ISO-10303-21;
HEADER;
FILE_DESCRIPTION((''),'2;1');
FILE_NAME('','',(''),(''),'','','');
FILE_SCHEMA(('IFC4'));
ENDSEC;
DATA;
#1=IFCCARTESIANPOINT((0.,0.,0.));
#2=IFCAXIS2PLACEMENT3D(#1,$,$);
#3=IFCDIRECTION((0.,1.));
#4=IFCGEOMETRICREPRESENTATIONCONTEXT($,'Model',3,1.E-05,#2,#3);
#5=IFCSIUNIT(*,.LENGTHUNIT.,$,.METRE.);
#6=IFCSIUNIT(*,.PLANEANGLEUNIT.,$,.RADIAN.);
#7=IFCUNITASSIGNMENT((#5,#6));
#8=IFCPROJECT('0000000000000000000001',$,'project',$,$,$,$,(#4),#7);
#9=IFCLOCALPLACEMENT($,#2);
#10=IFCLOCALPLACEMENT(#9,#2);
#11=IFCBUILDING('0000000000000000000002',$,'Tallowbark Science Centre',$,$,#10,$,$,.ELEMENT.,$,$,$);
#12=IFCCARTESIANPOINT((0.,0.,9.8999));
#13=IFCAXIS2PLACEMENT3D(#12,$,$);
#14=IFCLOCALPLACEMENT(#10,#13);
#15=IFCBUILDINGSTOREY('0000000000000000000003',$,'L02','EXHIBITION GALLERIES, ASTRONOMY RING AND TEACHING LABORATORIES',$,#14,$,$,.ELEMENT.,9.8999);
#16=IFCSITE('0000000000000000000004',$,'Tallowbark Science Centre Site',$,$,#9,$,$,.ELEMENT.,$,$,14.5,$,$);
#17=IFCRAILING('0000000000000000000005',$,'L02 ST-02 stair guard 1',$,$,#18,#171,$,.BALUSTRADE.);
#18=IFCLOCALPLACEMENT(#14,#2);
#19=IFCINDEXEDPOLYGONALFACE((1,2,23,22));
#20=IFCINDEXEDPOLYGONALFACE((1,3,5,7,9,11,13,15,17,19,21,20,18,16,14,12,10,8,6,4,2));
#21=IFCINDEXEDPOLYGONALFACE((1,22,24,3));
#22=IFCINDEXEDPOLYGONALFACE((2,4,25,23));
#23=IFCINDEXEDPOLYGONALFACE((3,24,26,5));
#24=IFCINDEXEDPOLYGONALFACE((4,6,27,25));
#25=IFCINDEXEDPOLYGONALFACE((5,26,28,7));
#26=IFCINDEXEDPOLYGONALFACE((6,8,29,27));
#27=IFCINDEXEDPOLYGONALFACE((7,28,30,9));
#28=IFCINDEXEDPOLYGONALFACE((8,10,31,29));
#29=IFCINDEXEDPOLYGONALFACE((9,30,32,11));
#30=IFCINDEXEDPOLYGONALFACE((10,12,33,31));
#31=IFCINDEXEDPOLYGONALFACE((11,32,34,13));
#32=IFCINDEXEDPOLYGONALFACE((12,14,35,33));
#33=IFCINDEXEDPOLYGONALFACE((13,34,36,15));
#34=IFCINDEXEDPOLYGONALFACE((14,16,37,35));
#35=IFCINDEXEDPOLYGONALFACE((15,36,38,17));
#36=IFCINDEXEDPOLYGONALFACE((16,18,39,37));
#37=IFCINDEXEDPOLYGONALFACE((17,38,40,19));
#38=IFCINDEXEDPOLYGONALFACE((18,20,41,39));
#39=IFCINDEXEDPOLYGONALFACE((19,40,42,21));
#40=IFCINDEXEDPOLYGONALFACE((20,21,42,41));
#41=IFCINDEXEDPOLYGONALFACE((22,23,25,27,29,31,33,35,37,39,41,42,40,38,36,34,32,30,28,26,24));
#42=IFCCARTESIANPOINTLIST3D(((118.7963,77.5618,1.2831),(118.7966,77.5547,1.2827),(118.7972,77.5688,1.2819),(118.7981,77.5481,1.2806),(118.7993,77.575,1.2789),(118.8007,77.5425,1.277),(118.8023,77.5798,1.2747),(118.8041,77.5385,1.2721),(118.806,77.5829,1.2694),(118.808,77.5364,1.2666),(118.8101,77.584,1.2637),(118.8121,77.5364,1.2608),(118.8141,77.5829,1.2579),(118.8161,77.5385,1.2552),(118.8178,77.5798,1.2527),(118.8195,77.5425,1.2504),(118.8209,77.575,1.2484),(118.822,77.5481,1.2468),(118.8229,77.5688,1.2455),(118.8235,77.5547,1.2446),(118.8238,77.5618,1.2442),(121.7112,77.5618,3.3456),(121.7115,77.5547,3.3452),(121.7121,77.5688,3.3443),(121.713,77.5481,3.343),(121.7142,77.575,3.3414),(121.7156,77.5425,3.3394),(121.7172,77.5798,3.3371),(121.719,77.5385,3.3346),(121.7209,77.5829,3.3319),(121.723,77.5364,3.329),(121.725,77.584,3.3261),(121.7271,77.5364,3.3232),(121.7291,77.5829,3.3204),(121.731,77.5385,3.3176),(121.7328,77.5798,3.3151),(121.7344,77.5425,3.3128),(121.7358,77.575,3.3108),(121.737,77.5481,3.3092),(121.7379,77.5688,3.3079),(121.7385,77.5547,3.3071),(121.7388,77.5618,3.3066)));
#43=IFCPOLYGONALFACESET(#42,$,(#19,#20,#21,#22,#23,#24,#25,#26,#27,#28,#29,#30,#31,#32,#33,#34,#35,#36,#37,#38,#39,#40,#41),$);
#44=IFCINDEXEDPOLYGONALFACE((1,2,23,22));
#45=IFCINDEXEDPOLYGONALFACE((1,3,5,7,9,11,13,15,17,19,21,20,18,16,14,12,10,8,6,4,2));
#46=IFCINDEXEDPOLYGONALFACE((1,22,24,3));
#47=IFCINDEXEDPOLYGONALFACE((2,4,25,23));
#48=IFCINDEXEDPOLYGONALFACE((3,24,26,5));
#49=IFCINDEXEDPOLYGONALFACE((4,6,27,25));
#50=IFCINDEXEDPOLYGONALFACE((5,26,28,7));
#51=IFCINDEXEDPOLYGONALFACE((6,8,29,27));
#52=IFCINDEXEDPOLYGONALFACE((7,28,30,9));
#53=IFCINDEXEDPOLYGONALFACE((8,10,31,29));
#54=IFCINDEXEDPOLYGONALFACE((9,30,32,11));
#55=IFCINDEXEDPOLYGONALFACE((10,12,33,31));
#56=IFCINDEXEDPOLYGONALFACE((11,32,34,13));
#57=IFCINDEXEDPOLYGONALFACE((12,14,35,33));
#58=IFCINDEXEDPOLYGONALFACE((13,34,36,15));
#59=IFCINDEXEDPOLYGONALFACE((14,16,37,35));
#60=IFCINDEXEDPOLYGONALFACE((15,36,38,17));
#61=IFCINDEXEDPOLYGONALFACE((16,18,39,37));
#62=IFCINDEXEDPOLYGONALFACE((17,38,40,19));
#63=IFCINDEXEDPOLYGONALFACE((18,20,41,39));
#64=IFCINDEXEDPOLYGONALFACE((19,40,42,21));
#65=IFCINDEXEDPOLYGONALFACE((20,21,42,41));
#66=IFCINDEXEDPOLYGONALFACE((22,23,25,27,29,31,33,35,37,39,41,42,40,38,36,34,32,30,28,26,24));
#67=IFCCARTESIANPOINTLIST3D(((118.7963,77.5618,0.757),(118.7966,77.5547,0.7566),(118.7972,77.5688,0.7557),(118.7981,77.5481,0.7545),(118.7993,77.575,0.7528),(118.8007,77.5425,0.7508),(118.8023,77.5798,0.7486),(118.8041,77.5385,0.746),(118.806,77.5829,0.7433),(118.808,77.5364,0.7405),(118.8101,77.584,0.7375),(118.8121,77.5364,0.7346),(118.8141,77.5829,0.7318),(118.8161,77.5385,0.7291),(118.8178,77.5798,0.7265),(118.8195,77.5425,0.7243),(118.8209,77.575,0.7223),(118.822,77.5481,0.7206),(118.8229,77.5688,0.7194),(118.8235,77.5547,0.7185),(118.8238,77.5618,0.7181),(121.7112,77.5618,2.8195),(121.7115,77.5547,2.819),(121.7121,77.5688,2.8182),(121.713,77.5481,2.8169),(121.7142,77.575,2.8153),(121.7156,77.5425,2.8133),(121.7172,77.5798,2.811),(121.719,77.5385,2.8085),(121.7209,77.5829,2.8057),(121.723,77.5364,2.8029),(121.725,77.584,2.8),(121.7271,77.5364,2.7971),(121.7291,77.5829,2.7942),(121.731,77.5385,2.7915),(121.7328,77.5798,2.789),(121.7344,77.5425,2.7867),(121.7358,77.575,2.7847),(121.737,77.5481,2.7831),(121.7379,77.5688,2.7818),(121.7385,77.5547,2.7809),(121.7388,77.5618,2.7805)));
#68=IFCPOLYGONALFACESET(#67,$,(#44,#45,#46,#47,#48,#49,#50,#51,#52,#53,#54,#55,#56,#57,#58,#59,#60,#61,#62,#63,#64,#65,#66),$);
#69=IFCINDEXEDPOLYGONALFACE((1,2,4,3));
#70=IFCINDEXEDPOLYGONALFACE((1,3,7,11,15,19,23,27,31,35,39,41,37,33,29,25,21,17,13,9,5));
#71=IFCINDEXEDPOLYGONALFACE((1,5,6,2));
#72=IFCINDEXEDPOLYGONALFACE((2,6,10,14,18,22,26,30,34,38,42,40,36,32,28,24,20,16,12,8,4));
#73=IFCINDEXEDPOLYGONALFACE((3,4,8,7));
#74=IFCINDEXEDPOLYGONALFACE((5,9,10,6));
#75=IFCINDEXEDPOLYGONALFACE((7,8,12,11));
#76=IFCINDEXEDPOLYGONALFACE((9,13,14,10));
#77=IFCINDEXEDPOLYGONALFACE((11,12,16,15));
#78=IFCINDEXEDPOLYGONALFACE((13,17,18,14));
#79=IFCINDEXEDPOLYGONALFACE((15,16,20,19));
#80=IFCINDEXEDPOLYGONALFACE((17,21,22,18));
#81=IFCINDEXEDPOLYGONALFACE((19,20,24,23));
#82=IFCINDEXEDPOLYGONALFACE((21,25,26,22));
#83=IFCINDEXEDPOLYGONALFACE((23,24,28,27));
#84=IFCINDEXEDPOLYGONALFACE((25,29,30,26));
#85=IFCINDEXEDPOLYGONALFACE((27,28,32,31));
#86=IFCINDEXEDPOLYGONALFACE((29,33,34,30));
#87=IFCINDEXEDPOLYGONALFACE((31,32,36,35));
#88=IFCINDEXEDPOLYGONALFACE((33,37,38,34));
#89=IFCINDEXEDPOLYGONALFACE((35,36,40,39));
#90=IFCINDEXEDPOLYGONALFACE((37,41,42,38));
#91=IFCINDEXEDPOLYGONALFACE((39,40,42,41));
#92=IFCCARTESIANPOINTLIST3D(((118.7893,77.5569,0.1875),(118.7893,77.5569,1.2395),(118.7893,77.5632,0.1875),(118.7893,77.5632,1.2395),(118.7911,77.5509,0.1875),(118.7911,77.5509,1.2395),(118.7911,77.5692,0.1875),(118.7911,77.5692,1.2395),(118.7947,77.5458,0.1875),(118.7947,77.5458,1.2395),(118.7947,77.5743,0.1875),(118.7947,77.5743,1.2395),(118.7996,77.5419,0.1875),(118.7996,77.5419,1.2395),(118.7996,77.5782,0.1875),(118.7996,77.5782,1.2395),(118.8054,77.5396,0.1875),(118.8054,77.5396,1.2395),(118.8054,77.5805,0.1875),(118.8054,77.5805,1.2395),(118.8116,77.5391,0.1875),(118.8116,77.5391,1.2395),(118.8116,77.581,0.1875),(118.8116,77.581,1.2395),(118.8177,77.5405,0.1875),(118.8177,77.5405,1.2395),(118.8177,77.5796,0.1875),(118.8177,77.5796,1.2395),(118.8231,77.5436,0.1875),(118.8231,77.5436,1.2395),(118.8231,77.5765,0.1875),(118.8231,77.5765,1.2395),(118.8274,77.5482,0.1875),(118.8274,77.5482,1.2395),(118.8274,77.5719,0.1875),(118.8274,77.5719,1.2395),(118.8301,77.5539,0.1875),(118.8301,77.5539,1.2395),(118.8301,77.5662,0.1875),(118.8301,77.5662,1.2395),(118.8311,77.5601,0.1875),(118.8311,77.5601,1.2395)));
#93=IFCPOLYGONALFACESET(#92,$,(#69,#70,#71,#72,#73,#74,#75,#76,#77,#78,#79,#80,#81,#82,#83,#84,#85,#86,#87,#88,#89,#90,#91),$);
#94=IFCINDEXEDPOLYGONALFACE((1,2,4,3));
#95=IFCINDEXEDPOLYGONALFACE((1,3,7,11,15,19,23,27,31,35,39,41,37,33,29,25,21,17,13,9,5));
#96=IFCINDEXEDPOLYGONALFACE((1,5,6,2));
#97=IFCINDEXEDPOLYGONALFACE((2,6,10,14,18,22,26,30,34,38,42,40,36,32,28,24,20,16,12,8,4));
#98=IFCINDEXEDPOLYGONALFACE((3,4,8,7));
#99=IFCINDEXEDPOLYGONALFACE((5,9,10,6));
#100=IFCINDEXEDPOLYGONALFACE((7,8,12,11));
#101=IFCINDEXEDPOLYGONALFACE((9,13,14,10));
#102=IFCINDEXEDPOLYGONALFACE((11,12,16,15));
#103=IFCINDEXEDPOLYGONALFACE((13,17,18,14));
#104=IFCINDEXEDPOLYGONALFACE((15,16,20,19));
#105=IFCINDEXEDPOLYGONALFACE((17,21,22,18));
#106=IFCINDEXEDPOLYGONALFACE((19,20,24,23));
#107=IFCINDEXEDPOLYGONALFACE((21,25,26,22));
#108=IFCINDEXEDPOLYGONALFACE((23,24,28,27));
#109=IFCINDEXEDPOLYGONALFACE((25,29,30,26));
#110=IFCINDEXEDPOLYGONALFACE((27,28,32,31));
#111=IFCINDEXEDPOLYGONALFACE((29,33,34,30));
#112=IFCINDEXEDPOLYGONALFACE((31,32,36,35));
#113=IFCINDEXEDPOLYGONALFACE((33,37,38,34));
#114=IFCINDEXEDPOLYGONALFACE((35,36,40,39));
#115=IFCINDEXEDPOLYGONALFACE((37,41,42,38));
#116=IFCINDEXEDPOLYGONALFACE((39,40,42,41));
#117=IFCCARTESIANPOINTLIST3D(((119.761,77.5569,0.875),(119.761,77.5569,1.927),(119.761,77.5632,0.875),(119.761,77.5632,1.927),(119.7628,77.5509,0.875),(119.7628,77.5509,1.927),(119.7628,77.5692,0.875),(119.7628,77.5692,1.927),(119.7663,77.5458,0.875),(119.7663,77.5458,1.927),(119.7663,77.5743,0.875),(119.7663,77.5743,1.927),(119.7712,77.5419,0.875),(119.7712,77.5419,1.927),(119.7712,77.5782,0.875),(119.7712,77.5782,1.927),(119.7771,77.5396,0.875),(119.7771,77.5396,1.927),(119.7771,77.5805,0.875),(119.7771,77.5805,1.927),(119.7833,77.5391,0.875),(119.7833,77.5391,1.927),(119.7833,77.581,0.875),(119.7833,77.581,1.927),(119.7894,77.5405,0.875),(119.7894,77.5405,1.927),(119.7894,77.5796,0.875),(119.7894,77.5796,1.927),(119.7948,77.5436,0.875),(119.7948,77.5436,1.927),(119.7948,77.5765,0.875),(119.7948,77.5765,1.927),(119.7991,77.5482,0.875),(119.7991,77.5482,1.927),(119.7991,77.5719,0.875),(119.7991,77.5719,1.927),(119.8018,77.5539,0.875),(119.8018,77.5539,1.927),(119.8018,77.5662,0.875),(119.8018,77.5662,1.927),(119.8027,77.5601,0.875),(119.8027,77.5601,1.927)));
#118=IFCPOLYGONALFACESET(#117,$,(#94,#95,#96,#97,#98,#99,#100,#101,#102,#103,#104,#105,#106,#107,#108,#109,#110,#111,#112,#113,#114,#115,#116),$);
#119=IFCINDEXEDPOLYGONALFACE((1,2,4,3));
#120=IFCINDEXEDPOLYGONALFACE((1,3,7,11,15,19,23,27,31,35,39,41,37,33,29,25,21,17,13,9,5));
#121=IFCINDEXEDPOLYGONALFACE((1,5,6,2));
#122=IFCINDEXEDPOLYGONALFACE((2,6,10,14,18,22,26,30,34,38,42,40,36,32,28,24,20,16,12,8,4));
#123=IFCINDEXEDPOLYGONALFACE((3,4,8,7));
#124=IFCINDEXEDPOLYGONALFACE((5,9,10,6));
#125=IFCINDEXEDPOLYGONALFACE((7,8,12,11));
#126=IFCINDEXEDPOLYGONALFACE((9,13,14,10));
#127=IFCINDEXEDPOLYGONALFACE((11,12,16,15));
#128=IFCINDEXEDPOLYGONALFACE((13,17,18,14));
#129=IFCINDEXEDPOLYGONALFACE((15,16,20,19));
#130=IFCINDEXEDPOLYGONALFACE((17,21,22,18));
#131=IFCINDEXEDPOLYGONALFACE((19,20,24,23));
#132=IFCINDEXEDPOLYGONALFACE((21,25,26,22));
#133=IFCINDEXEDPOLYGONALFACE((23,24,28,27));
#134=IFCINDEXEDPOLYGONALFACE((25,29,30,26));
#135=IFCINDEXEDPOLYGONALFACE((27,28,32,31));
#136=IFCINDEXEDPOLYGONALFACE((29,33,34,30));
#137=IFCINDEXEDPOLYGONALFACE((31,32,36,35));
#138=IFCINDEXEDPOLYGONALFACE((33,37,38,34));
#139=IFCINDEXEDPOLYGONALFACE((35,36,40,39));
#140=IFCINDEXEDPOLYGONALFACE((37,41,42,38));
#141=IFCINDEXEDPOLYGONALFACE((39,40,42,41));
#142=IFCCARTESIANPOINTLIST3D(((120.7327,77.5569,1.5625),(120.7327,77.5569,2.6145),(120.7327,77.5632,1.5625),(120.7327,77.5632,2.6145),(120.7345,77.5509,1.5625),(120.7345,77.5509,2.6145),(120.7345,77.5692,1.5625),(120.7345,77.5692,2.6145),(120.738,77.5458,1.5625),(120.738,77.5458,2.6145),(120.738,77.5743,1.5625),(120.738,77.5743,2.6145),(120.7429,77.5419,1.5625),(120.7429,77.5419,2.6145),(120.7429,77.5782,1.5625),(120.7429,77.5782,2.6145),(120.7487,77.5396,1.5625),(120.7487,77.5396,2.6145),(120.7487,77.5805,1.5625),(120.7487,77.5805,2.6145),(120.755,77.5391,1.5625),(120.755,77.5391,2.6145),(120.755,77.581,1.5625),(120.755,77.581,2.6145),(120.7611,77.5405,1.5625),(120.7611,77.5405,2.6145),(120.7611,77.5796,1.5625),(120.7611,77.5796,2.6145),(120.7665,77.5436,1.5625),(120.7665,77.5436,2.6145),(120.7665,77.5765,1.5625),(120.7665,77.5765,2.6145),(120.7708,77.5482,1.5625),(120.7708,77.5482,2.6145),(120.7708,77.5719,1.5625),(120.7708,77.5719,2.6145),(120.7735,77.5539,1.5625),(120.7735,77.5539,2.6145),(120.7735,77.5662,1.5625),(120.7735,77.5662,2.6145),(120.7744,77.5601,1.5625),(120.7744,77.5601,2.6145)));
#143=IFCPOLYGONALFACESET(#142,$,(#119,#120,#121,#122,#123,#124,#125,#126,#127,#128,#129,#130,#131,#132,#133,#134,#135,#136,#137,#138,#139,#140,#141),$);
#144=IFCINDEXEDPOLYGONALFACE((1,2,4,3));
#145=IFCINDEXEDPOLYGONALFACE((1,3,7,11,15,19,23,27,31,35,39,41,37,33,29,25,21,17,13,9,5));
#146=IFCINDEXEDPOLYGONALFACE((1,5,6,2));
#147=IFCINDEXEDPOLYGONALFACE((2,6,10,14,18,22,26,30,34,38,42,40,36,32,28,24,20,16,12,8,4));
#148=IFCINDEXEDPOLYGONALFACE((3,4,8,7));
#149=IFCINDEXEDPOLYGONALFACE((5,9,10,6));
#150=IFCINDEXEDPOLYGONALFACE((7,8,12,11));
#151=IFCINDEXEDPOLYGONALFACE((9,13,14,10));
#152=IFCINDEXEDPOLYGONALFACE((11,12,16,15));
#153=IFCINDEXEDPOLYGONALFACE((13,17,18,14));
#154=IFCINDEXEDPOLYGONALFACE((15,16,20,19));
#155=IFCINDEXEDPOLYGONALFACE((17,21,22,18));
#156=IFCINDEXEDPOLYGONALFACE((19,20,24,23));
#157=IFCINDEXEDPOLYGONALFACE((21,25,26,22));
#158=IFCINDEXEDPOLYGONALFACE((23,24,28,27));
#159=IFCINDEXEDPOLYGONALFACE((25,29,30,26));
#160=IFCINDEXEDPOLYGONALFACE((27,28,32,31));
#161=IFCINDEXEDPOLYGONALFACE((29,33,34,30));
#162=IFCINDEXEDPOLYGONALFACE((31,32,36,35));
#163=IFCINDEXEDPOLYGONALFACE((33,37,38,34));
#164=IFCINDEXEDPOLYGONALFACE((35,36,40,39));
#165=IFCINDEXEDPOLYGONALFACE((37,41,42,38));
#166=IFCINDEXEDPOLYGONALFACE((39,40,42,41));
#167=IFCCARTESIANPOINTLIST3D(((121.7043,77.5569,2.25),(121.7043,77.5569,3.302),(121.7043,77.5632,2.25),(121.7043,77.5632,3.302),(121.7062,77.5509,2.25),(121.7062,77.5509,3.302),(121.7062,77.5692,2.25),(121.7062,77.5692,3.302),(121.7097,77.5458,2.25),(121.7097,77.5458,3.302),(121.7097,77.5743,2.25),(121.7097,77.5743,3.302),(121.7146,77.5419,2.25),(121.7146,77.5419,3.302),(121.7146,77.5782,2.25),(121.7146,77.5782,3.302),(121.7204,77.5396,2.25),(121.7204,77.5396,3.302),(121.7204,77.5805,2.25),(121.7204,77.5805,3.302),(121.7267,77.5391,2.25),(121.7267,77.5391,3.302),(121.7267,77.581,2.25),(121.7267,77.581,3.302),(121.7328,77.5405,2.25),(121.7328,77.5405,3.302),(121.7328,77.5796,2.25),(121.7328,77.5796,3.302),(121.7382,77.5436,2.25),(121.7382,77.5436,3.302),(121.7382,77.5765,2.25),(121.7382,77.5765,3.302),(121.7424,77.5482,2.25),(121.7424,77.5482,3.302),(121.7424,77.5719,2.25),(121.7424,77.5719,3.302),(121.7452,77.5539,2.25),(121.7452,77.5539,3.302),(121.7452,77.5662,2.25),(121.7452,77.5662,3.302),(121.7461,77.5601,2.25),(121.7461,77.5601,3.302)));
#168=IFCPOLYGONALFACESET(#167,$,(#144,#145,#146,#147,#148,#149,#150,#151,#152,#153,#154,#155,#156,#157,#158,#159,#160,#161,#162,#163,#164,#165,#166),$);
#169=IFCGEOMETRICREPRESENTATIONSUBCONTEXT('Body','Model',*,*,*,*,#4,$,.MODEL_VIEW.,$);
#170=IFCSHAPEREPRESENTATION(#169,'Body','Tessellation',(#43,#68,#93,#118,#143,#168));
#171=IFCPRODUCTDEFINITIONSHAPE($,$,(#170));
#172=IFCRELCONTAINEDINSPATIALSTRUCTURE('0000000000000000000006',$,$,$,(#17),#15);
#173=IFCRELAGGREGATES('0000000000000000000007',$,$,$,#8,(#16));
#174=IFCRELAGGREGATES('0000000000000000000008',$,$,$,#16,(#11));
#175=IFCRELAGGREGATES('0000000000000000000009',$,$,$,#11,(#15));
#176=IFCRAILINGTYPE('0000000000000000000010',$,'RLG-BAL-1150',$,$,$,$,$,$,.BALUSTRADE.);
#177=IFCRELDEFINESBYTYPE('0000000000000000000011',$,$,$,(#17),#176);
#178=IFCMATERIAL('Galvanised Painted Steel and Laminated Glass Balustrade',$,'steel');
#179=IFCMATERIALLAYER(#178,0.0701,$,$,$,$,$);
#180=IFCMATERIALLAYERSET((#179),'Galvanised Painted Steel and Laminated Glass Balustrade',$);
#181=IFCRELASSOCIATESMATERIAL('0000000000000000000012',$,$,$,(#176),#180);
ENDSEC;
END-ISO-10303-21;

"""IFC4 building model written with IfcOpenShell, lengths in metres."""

from ifc_helpers import new_model, si_unit, direction, frame, origin, origin_2d, place, context, subcontext, project, spatial, circle, extrude, material, layer, layer_set, type_object, element, save


model = new_model("IFC4")

# Units and contexts
model_context = context("Model", 3, precision=1e-05, world=origin(), true_north=direction((0.0, 1.0)))
body_context = subcontext(model_context, "Body", "Model", "MODEL_VIEW")
ifc_project = project(units=[si_unit("LENGTHUNIT", "METRE"), si_unit("PLANEANGLEUNIT", "RADIAN")], contexts=[model_context])

# Site, building, storey
site_placement = place(None, origin())
site = spatial("IfcSite", under=ifc_project, at=site_placement, Name="Tallowbark Science Centre Site", CompositionType="ELEMENT", RefElevation=14.5)
building_placement = place(site_placement, origin())
building = spatial("IfcBuilding", under=site, at=building_placement, Name="Tallowbark Science Centre", CompositionType="ELEMENT")
storey_placement = place(building_placement, frame((0.0, 0.0, 9.8999)))
storey = spatial("IfcBuildingStorey", under=building, at=storey_placement, Name="L02", Description="EXHIBITION GALLERIES, ASTRONOMY RING AND TEACHING LABORATORIES", CompositionType="ELEMENT", Elevation=9.8999)

# Railing
ifc_material_1 = material(Name="Galvanised Painted Steel and Laminated Glass Balustrade", Category="steel")
ifc_layer_1 = layer(ifc_material_1, 0.0701)
ifc_layer_set_1 = layer_set([ifc_layer_1], Name="Galvanised Painted Steel and Laminated Glass Balustrade")
railing_type_1 = type_object("IfcRailingType", Name="RLG-BAL-1150", PredefinedType="BALUSTRADE", material=ifc_layer_set_1)
railing_1_placement = place(storey_placement, frame((118.8101, 77.5601, 0.1875)))
element("IfcRailing", 1, at=railing_1_placement, inside=storey, type_object=railing_type_1, Name="L02 ST-02 stair guard 1", PredefinedType="BALUSTRADE", context=body_context, shape_type="SweptSolid", body=[
    extrude(circle(Radius=0.0239, at=origin_2d()), frame((0.0, 0.0, 1.0762), z_axis=(0.816331, 0.0, 0.577585), x_axis=(0.0, 1.0, 0.0)), (0.0, 0.0, 1.0), 3.5708),
    extrude(circle(Radius=0.0239, at=origin_2d()), frame((0.0, 0.0, 0.55), z_axis=(0.816331, 0.0, 0.577585), x_axis=(0.0, 1.0, 0.0)), (0.0, 0.0, 1.0), 3.5708),
    extrude(circle(Radius=0.021, at=origin_2d()), origin(), (0.0, 0.0, 1.0), 1.052),
    extrude(circle(Radius=0.021, at=origin_2d()), frame((0.9717, 0.0, 0.6875)), (0.0, 0.0, 1.0), 1.052),
    extrude(circle(Radius=0.021, at=origin_2d()), frame((1.9434, 0.0, 1.375)), (0.0, 0.0, 1.0), 1.052),
    extrude(circle(Radius=0.021, at=origin_2d()), frame((2.915, 0.0, 2.0625)), (0.0, 0.0, 1.0), 1.052),
])

save(model, "model.ifc")
